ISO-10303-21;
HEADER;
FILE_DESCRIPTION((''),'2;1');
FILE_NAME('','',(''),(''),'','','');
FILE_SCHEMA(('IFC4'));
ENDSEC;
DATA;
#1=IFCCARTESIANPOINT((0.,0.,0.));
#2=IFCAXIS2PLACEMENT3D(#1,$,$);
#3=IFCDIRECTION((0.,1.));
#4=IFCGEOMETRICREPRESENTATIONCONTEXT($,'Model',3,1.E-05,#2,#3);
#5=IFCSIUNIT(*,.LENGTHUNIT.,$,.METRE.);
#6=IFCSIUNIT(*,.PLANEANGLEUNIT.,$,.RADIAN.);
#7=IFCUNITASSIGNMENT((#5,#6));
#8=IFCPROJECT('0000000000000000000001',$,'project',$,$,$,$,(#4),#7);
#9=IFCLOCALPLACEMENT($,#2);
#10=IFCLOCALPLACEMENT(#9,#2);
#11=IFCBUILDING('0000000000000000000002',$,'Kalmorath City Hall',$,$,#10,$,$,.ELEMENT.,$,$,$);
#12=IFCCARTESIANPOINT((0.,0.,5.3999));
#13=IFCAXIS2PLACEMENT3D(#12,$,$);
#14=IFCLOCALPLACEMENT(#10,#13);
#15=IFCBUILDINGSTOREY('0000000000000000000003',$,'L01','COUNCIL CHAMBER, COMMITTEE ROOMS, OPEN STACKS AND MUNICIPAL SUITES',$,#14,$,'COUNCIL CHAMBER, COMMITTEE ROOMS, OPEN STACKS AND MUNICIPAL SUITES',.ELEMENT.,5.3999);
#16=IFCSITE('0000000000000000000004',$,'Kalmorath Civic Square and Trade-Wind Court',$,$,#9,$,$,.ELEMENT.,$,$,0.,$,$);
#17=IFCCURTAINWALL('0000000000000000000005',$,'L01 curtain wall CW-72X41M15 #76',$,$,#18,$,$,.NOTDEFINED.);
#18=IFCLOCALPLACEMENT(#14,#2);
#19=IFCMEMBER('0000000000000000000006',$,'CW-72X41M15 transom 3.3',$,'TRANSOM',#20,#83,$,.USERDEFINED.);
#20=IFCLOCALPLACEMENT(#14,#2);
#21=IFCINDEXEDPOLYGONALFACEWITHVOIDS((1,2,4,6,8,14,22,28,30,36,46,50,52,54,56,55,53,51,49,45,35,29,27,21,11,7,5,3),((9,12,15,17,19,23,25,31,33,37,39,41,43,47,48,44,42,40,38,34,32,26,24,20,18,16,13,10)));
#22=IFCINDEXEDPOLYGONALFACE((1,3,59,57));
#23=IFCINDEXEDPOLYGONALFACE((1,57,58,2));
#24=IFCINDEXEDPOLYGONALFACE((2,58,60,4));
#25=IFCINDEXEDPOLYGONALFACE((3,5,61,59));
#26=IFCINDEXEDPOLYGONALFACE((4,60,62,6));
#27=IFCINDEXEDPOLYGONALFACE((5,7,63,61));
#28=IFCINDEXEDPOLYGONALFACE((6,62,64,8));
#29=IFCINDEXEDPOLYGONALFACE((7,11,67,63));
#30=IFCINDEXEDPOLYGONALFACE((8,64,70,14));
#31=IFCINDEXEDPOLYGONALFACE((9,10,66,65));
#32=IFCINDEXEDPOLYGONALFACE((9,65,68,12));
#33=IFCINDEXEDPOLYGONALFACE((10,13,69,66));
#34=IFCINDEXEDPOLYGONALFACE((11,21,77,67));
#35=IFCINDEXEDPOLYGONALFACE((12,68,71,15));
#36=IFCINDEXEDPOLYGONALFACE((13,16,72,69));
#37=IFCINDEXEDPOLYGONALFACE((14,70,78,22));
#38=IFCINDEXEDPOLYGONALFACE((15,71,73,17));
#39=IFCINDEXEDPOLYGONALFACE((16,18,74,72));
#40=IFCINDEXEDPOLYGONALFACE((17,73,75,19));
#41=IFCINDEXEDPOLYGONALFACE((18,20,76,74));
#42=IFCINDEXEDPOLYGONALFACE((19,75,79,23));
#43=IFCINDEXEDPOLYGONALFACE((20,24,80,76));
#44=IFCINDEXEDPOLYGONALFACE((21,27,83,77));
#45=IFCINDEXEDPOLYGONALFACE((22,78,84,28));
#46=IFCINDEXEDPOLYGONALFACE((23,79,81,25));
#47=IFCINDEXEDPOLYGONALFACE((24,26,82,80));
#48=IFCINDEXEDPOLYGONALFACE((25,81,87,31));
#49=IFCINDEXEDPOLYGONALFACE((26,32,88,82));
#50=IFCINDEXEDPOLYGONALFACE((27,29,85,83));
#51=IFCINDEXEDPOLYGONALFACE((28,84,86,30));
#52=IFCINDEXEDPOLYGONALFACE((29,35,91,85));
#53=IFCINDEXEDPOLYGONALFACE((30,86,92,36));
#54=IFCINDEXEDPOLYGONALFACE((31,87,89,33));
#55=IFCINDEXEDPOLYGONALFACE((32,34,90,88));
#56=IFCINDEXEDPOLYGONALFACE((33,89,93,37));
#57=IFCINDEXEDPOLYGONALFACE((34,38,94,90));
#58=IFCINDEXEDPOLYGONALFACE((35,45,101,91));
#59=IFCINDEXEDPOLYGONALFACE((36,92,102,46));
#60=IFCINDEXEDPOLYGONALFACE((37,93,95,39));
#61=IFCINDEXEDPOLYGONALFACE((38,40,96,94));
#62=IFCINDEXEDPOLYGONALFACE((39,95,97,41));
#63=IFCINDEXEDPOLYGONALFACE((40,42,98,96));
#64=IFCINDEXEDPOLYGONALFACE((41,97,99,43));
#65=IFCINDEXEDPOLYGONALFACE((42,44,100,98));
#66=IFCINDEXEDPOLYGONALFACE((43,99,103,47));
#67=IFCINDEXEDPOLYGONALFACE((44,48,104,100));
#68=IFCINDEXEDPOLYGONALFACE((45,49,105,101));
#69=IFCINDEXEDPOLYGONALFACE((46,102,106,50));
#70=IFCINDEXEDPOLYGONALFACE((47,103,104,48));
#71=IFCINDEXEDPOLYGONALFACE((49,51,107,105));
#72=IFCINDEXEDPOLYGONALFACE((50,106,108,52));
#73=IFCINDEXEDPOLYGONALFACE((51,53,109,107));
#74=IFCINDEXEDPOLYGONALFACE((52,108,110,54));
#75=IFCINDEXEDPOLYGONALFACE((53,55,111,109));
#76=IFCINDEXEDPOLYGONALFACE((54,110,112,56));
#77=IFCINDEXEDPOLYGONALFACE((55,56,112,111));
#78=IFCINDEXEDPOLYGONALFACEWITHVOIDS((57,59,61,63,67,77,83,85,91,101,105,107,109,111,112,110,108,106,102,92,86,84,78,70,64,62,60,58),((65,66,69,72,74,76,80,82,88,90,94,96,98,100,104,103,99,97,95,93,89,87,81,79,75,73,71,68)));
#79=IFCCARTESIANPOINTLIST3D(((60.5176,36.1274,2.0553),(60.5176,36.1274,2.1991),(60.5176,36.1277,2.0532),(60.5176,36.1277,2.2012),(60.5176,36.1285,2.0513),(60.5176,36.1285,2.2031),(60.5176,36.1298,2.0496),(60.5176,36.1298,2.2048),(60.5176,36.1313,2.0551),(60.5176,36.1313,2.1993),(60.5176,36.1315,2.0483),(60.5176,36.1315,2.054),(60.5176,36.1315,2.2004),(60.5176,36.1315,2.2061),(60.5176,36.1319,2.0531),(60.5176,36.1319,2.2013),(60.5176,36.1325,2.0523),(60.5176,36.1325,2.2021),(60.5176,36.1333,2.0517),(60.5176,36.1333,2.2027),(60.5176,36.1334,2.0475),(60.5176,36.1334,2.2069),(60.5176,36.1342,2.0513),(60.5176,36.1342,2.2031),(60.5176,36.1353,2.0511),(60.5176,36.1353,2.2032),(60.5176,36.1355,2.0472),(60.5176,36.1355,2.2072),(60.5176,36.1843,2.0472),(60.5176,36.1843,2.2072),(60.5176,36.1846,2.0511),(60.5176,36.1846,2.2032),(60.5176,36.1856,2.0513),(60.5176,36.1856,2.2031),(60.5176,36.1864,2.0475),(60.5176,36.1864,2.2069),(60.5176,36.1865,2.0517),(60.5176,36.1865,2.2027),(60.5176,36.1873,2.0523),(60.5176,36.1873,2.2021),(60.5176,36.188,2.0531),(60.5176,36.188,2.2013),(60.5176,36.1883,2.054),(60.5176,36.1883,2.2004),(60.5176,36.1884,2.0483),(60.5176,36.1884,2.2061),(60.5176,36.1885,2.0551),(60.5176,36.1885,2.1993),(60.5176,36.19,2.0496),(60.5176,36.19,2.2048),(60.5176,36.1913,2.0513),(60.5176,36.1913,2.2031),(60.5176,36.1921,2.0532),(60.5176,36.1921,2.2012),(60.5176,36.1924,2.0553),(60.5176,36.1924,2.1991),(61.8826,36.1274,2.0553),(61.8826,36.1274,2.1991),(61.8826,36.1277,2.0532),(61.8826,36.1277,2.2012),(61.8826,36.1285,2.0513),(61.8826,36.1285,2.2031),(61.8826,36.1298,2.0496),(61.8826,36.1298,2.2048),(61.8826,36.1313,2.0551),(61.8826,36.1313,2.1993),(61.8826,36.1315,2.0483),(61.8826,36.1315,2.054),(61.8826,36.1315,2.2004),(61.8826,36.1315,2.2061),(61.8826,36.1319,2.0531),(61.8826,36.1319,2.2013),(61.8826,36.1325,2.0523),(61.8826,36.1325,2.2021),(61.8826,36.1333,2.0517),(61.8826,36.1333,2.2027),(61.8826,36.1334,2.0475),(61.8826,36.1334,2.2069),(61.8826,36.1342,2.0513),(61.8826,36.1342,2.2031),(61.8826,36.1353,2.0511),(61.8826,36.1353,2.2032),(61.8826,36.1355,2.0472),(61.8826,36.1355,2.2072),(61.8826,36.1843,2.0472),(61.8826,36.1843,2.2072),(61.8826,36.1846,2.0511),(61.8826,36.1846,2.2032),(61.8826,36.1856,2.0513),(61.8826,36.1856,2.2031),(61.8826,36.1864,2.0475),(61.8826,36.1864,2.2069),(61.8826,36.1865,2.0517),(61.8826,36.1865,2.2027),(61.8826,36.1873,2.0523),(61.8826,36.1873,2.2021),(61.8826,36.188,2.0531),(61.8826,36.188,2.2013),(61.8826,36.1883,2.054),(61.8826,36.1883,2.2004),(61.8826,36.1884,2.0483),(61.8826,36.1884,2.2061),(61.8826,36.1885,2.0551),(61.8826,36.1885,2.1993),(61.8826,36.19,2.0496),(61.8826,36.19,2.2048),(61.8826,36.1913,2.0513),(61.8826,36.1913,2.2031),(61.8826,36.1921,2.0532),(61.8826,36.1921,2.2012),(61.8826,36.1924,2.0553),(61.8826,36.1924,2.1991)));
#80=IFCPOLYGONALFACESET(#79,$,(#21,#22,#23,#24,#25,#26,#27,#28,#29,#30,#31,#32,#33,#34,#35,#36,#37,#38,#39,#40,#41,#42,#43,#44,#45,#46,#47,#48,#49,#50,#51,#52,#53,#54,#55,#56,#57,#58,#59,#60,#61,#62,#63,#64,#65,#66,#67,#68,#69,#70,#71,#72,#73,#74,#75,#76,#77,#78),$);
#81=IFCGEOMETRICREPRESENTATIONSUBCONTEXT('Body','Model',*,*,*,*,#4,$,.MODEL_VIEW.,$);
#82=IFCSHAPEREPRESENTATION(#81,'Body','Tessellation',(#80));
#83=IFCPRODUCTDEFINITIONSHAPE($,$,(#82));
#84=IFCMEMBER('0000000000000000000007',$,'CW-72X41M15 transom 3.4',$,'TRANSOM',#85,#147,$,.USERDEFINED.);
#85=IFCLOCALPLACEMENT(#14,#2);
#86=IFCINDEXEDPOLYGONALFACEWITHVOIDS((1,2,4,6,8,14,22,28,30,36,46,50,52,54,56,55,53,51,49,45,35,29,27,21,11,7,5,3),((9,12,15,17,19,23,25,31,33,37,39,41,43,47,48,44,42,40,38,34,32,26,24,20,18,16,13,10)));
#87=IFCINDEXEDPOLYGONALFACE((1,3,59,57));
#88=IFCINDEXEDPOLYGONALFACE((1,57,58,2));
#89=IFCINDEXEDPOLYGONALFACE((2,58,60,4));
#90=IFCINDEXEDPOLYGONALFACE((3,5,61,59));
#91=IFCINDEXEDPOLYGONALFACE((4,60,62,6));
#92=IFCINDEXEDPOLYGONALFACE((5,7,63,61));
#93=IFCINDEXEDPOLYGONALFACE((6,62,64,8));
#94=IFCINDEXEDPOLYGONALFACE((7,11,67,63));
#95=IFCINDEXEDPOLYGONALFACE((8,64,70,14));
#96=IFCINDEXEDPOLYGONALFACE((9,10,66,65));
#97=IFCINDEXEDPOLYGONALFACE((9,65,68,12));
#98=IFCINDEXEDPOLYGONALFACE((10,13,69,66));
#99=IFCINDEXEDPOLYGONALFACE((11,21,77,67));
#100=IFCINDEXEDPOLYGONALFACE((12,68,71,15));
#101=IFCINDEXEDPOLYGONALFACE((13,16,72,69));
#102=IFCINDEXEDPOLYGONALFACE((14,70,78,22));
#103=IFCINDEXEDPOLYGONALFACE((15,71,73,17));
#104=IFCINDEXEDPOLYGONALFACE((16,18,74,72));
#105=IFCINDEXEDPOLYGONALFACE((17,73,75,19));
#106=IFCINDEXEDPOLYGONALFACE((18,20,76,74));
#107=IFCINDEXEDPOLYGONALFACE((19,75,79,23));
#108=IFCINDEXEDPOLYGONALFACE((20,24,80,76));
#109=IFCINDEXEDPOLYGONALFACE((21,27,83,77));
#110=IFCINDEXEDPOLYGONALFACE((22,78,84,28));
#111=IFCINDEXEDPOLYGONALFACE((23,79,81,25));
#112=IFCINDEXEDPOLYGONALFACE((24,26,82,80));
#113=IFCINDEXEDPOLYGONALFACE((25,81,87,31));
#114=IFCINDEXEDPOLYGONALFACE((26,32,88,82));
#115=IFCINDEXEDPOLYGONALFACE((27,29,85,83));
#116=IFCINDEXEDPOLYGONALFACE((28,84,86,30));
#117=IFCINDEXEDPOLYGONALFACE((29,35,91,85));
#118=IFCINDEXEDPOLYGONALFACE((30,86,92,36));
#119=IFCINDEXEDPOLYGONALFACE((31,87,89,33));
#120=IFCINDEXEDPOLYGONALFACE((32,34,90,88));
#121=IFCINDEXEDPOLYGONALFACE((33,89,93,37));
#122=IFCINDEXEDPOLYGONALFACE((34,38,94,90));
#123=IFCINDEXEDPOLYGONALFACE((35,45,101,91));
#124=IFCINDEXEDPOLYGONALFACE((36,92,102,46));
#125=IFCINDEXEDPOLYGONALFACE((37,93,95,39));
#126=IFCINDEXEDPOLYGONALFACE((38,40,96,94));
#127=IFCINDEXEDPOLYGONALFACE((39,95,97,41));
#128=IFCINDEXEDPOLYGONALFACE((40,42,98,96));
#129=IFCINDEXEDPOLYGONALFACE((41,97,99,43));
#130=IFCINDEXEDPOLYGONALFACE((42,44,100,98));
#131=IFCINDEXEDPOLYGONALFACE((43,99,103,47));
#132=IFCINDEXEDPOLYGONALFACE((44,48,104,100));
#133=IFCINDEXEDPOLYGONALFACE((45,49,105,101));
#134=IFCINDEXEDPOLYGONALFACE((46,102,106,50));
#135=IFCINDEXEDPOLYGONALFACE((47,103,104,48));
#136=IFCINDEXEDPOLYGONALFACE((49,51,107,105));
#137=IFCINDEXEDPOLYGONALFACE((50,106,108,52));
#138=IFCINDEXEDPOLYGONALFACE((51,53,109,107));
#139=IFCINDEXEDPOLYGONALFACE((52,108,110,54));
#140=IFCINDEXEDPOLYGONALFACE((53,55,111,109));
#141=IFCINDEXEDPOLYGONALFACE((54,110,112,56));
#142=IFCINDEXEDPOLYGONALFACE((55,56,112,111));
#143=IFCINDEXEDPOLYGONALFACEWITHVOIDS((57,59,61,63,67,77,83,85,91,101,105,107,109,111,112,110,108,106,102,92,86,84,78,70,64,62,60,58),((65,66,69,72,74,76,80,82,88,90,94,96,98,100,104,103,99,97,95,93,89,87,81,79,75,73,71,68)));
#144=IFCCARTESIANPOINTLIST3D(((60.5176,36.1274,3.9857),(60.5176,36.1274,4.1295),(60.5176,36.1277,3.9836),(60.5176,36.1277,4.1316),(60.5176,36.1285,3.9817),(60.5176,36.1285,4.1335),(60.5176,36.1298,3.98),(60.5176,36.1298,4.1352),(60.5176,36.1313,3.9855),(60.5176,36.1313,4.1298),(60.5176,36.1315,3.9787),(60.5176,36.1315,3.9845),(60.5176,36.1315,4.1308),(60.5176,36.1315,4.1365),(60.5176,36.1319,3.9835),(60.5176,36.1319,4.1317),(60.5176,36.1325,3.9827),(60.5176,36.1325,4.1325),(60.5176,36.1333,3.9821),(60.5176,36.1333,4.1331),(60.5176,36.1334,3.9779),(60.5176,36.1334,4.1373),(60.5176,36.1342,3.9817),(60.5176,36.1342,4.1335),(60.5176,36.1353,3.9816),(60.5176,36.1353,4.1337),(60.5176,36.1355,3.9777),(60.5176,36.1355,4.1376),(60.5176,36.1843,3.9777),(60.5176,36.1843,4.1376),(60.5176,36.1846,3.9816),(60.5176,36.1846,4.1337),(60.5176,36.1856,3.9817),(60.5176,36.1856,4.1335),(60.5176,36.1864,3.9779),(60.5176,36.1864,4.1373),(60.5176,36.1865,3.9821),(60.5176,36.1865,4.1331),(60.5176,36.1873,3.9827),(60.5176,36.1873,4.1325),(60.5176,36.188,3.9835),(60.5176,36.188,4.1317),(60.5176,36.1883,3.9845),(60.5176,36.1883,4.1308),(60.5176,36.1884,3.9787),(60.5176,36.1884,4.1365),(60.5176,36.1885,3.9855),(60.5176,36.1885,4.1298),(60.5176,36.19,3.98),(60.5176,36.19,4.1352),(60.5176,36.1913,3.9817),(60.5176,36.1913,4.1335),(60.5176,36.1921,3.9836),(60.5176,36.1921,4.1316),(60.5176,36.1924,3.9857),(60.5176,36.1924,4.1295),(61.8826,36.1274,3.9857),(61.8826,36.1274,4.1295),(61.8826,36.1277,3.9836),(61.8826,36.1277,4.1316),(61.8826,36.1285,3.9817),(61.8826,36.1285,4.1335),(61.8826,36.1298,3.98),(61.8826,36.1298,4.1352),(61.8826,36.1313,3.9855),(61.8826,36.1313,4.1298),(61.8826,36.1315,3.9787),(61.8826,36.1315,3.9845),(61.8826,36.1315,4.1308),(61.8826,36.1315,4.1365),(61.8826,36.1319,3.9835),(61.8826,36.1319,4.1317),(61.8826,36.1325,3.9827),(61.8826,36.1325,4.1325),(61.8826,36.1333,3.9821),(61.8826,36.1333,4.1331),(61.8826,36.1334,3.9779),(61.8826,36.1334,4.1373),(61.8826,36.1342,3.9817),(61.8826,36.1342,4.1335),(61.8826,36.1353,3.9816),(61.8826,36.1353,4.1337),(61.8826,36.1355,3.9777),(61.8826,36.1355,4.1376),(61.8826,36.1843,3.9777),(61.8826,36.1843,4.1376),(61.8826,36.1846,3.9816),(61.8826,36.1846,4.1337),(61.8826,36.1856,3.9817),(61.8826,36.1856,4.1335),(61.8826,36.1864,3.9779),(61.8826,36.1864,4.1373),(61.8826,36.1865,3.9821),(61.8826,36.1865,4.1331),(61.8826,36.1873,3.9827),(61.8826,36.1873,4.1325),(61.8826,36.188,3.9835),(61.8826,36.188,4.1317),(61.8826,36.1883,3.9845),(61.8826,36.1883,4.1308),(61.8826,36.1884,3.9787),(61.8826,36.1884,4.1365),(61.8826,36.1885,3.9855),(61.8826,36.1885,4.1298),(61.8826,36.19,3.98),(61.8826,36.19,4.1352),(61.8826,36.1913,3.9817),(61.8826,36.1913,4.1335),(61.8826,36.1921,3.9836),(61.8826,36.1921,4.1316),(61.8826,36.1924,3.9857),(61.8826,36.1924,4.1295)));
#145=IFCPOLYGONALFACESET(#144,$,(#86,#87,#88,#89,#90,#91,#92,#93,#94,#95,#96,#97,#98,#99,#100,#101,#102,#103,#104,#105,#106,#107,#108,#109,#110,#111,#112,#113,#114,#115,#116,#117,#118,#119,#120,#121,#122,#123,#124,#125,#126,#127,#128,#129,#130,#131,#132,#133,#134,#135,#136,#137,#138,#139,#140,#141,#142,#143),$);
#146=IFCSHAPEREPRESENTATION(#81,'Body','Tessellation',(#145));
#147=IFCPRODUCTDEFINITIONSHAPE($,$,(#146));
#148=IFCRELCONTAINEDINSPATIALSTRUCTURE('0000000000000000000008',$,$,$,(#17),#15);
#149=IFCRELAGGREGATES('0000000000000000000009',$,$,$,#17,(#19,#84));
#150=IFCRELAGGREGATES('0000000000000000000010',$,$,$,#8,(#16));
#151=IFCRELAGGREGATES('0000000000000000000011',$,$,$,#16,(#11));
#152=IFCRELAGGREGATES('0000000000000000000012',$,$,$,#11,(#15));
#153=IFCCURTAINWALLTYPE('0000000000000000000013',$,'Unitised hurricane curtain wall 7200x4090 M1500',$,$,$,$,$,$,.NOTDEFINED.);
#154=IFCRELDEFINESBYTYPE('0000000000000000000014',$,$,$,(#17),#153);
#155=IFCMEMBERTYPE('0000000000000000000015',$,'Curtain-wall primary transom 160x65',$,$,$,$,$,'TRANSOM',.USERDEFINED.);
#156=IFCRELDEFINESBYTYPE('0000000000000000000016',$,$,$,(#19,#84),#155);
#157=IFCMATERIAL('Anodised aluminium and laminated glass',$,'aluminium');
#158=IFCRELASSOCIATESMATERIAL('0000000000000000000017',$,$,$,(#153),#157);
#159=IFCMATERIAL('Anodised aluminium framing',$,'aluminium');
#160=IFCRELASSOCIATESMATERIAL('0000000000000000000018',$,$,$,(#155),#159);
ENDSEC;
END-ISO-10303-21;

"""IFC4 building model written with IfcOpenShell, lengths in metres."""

from ifc_helpers import new_model, si_unit, direction, frame, origin, origin_2d, place, context, subcontext, project, spatial, hollow_rectangle, extrude, material, material_profile, profile_set, type_object, element, aggregate, save


model = new_model("IFC4")

# Units and contexts
model_context = context("Model", 3, precision=1e-05, world=origin(), true_north=direction((0.0, 1.0)))
body_context = subcontext(model_context, "Body", "Model", "MODEL_VIEW")
ifc_project = project(units=[si_unit("LENGTHUNIT", "METRE"), si_unit("PLANEANGLEUNIT", "RADIAN")], contexts=[model_context])

# Site, building, storey
site_placement = place(None, origin())
site = spatial("IfcSite", under=ifc_project, at=site_placement, Name="Kalmorath Civic Square and Trade-Wind Court", CompositionType="ELEMENT", RefElevation=0.0)
building_placement = place(site_placement, origin())
building = spatial("IfcBuilding", under=site, at=building_placement, Name="Kalmorath City Hall", CompositionType="ELEMENT")
storey_placement = place(building_placement, frame((0.0, 0.0, 5.3999)))
storey = spatial("IfcBuildingStorey", under=building, at=storey_placement, Name="L01", Description="COUNCIL CHAMBER, COMMITTEE ROOMS, OPEN STACKS AND MUNICIPAL SUITES", LongName="COUNCIL CHAMBER, COMMITTEE ROOMS, OPEN STACKS AND MUNICIPAL SUITES", CompositionType="ELEMENT", Elevation=5.3999)

# Curtain wall, members
ifc_material_1 = material(Name="Anodised aluminium and laminated glass", Category="aluminium")
curtain_wall_type = type_object("IfcCurtainWallType", Name="Unitised hurricane curtain wall 7200x4090 M1500", PredefinedType="NOTDEFINED", material=ifc_material_1)
curtain_wall_placement = place(storey_placement, origin())
curtain_wall = element("IfcCurtainWall", 1, at=curtain_wall_placement, inside=storey, type_object=curtain_wall_type, Name="L01 curtain wall CW-72X41M15 #76", PredefinedType="NOTDEFINED")
ifc_material_2 = material(Name="Anodised aluminium framing", Category="aluminium")
ifc_material_profile_1 = material_profile(ifc_material_2, hollow_rectangle(XDim=0.0649, YDim=0.1599, WallThickness=0.0039, InnerFilletRadius=0.0039, OuterFilletRadius=0.0081, at=origin_2d()), Name="ALU-TRN-160X65X4")
ifc_profile_set_1 = profile_set([ifc_material_profile_1], Name="Anodised aluminium framing")
member_type_1 = type_object("IfcMemberType", Name="Curtain-wall primary transom 160x65", ElementType="TRANSOM", PredefinedType="USERDEFINED", material=ifc_profile_set_1)
member_1_placement = place(storey_placement, frame((61.8826, 36.1599, 2.1272), z_axis=(-1.0, 0.0, 0.0), x_axis=(0.0, -1.0, 0.0)))
member_1 = element("IfcMember", 2, at=member_1_placement, type_object=member_type_1, Name="CW-72X41M15 transom 3.3", ObjectType="TRANSOM", PredefinedType="USERDEFINED", context=body_context, shape_type="SweptSolid", body=[
    extrude(hollow_rectangle(XDim=0.0649, YDim=0.1599, WallThickness=0.0039, InnerFilletRadius=0.0039, OuterFilletRadius=0.0081, at=origin_2d()), origin(), (0.0, 0.0, 1.0), 1.365),
])
member_2_placement = place(storey_placement, frame((61.8826, 36.1599, 4.0576), z_axis=(-1.0, 0.0, 0.0), x_axis=(0.0, -1.0, 0.0)))
member_2 = element("IfcMember", 3, at=member_2_placement, type_object=member_type_1, Name="CW-72X41M15 transom 3.4", ObjectType="TRANSOM", PredefinedType="USERDEFINED", context=body_context, shape_type="SweptSolid", body=[
    extrude(hollow_rectangle(XDim=0.0649, YDim=0.1599, WallThickness=0.0039, InnerFilletRadius=0.0039, OuterFilletRadius=0.0081, at=origin_2d()), origin(), (0.0, 0.0, 1.0), 1.365),
])
aggregate(curtain_wall, [member_1, member_2])

save(model, "model.ifc")
